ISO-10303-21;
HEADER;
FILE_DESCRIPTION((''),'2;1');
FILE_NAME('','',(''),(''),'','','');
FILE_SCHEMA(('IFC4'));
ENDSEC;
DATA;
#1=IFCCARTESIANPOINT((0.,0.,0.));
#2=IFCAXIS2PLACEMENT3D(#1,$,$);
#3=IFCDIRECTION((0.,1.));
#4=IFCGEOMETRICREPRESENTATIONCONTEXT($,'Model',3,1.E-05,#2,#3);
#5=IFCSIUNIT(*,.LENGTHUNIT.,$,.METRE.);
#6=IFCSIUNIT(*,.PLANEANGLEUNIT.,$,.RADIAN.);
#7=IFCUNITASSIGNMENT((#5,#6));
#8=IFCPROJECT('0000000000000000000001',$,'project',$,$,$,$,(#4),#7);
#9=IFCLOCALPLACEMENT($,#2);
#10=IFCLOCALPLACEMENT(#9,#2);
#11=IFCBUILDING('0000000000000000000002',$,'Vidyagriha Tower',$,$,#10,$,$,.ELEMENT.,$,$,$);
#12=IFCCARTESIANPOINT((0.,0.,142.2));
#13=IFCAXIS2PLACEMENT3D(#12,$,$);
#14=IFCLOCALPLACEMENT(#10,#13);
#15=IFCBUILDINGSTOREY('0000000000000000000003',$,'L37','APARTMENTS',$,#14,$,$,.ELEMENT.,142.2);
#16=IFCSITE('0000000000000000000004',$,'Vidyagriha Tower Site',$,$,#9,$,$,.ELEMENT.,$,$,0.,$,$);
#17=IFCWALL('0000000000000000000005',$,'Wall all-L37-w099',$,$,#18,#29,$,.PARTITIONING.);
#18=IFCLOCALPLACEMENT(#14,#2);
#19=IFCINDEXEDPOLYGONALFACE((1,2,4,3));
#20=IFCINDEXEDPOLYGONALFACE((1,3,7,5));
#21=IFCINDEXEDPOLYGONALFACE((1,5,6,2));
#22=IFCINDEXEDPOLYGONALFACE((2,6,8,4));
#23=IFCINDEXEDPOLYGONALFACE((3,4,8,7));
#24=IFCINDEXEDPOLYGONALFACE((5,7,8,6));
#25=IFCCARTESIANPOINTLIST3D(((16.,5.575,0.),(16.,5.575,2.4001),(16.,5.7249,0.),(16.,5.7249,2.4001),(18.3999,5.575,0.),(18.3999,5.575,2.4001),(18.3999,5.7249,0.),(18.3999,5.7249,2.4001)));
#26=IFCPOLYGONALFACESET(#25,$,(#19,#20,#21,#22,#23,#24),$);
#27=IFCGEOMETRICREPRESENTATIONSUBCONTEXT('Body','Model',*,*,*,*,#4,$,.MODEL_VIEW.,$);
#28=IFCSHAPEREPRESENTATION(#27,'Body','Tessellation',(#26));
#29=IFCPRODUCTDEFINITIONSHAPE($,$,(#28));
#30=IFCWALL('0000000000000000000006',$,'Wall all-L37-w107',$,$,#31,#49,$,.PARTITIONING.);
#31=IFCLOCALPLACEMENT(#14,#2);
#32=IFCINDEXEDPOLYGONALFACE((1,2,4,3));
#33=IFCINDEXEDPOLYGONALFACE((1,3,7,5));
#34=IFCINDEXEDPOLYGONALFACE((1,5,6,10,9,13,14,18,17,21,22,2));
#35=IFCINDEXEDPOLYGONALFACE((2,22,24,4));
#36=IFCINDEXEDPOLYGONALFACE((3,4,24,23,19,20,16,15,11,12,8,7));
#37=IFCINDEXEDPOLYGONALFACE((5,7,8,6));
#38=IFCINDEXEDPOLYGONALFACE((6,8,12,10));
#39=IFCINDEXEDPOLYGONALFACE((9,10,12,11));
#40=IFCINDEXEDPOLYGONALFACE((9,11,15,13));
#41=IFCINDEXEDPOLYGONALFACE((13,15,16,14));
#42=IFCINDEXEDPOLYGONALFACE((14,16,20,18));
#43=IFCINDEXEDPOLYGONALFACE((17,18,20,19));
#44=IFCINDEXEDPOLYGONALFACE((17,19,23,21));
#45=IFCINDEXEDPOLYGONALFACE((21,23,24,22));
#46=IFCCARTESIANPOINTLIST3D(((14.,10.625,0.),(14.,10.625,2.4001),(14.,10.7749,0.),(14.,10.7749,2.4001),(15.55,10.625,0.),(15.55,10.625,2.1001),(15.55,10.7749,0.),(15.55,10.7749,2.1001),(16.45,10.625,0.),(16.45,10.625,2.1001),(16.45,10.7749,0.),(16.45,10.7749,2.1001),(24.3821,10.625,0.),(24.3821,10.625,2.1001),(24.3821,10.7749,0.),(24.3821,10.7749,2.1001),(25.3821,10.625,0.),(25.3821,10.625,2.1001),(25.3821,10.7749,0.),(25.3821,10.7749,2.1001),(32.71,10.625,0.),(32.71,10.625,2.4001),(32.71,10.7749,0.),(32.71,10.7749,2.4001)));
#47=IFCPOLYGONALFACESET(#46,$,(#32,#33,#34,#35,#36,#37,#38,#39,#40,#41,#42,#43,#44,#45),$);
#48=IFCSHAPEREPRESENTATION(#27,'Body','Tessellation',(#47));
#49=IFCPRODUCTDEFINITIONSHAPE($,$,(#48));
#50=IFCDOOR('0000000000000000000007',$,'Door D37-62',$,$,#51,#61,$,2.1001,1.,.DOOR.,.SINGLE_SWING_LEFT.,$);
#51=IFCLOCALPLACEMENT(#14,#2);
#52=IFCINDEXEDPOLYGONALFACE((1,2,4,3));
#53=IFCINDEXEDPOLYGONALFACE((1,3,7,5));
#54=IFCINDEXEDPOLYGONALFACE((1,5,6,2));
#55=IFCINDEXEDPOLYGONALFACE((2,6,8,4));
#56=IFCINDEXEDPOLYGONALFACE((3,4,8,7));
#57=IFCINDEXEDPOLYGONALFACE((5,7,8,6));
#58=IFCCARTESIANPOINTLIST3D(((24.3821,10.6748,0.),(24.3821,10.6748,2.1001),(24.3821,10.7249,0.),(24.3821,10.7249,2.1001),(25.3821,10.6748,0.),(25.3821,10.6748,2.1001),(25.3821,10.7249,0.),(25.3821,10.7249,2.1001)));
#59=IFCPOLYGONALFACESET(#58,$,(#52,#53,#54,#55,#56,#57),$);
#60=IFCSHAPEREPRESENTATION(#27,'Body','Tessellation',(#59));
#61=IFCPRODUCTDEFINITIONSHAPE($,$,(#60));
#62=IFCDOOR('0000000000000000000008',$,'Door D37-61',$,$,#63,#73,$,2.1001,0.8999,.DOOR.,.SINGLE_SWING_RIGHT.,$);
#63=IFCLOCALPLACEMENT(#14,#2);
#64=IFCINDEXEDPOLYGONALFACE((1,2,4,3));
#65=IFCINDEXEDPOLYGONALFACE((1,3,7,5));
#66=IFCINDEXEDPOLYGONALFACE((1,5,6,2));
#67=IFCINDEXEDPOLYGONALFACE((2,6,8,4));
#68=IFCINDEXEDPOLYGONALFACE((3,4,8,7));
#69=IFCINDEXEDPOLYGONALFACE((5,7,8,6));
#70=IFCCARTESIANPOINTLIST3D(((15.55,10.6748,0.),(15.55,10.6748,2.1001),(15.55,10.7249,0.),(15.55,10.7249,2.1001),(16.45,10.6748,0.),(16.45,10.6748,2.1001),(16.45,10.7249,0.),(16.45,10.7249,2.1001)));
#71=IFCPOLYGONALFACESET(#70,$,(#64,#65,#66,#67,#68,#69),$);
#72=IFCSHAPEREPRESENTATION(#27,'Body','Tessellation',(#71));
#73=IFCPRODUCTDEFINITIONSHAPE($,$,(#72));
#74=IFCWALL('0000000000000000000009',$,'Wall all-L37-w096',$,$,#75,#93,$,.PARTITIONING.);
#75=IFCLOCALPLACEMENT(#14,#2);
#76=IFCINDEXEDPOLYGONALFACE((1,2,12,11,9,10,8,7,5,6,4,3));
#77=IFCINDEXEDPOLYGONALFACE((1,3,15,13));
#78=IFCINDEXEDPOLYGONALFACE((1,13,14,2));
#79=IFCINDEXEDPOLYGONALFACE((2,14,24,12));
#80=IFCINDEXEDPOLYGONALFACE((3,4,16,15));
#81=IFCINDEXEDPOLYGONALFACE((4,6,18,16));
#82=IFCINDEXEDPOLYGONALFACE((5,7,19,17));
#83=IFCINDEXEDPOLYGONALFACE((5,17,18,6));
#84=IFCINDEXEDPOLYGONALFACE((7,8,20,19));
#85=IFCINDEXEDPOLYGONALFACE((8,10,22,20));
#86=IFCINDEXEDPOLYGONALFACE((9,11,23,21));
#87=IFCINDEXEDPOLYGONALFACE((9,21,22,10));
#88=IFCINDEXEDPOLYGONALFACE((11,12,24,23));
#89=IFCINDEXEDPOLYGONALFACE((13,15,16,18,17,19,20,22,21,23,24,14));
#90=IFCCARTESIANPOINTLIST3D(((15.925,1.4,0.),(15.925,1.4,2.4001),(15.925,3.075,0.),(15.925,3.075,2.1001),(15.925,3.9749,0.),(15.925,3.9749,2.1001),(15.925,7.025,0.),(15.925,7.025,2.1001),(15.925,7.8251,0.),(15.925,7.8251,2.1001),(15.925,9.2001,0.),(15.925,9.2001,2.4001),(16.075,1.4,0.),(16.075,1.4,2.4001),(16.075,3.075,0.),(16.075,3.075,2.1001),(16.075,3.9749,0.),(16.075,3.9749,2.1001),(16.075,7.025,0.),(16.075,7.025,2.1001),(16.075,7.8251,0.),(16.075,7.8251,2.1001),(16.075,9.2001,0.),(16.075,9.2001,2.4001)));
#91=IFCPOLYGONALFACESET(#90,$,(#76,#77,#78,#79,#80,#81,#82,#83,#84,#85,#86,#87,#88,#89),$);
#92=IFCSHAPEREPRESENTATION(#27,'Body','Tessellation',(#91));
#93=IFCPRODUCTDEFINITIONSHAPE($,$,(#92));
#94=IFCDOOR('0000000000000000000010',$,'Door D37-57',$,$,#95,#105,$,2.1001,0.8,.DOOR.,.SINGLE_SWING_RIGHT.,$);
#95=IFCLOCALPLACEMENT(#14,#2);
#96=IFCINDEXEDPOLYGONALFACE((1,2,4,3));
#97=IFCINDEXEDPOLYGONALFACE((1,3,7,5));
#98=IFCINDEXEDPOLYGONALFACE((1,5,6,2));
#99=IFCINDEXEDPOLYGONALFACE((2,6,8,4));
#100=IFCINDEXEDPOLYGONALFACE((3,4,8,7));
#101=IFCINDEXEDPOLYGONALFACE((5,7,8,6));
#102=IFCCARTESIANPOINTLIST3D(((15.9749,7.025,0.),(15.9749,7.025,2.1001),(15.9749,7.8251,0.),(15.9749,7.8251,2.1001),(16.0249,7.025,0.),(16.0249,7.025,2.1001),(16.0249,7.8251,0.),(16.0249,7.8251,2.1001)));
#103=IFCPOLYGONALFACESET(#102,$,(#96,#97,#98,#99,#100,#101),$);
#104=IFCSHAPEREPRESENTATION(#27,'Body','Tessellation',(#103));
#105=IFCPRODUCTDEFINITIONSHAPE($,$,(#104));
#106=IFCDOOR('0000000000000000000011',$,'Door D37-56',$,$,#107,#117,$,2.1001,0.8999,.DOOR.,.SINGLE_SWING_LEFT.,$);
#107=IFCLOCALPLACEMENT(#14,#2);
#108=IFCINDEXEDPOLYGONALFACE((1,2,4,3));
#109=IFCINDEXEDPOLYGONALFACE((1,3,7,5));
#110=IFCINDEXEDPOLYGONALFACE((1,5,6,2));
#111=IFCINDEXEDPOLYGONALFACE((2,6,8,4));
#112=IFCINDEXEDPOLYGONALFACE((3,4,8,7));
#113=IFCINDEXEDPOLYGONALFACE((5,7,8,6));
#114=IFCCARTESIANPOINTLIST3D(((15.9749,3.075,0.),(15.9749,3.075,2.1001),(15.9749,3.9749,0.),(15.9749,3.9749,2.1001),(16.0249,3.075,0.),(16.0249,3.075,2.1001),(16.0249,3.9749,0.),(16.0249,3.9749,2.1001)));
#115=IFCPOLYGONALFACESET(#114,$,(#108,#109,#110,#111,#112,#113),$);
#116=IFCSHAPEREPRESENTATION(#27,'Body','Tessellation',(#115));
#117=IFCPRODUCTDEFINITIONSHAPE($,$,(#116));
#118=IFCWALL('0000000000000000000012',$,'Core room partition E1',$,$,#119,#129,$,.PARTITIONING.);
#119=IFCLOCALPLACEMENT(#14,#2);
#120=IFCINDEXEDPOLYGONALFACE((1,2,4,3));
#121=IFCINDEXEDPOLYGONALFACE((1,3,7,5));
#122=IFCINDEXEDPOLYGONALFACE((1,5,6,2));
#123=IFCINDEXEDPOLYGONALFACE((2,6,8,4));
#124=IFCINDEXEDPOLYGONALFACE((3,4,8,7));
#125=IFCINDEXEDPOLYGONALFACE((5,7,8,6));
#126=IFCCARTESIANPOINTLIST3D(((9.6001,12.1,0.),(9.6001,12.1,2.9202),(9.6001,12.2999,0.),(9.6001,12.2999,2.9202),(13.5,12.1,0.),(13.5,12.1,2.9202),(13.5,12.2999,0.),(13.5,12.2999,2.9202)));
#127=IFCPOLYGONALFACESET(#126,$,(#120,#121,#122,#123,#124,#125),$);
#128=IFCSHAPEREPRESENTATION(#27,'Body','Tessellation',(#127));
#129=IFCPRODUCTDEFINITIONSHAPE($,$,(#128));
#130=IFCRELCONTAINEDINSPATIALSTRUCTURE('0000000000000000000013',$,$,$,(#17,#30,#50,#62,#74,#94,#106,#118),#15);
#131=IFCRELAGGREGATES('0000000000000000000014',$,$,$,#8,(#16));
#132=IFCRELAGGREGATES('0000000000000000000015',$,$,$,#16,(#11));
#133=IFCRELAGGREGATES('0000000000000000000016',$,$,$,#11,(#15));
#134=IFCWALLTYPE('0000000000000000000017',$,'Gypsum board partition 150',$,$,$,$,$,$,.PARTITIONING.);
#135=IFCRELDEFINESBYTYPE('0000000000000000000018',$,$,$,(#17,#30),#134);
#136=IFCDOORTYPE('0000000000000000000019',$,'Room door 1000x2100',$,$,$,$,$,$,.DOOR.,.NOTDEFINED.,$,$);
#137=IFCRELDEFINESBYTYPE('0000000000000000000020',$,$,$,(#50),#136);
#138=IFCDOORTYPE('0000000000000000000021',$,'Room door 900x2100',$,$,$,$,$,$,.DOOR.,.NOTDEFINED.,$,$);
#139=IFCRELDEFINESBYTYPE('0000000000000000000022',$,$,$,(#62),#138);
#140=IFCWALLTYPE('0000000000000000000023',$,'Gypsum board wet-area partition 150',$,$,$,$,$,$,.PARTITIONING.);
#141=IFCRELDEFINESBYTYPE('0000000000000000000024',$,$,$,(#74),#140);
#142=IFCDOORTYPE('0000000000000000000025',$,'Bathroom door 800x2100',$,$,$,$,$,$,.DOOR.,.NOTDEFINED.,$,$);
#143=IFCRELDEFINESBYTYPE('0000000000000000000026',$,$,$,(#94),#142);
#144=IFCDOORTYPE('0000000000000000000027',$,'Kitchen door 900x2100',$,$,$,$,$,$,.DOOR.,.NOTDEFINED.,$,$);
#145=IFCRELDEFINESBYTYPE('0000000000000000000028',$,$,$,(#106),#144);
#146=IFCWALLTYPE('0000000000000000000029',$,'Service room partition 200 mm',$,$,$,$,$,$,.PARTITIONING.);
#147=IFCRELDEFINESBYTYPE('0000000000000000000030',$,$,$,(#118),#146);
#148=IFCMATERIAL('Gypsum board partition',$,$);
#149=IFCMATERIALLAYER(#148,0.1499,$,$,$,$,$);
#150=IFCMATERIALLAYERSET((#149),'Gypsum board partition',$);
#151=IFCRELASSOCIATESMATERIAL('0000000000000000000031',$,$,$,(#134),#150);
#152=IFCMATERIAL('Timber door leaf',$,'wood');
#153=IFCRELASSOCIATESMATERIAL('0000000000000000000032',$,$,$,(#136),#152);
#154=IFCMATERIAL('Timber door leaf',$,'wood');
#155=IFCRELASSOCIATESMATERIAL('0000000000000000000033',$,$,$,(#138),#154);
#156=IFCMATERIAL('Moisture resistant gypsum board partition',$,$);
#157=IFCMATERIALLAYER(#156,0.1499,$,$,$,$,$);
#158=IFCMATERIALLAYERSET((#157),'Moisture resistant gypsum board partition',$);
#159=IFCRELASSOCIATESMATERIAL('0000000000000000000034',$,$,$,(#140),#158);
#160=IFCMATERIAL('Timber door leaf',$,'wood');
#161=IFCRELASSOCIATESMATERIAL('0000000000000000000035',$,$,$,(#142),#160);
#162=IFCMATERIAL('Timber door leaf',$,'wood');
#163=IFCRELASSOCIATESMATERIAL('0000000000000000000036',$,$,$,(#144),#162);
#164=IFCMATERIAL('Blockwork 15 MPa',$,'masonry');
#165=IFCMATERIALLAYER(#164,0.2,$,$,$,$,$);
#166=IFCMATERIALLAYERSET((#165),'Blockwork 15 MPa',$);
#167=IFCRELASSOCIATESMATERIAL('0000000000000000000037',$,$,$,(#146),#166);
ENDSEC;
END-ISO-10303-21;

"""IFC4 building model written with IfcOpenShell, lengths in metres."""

from ifc_helpers import new_model, si_unit, direction, frame, frame_2d, origin, place, context, subcontext, project, spatial, rectangle, extrude, material, layer, layer_set, type_object, element, fill, save


model = new_model("IFC4")

# Units and contexts
model_context = context("Model", 3, precision=1e-05, world=origin(), true_north=direction((0.0, 1.0)))
body_context = subcontext(model_context, "Body", "Model", "MODEL_VIEW")
ifc_project = project(units=[si_unit("LENGTHUNIT", "METRE"), si_unit("PLANEANGLEUNIT", "RADIAN")], contexts=[model_context])

# Site, building, storey
site_placement = place(None, origin())
site = spatial("IfcSite", under=ifc_project, at=site_placement, Name="Vidyagriha Tower Site", CompositionType="ELEMENT", RefElevation=0.0)
building_placement = place(site_placement, origin())
building = spatial("IfcBuilding", under=site, at=building_placement, Name="Vidyagriha Tower", CompositionType="ELEMENT")
storey_placement = place(building_placement, frame((0.0, 0.0, 142.2)))
storey = spatial("IfcBuildingStorey", under=building, at=storey_placement, Name="L37", Description="APARTMENTS", CompositionType="ELEMENT", Elevation=142.2)

# Wall
ifc_material_1 = material(Name="Gypsum board partition")
ifc_layer_1 = layer(ifc_material_1, 0.1499)
ifc_layer_set_1 = layer_set([ifc_layer_1], Name="Gypsum board partition")
wall_type_1 = type_object("IfcWallType", Name="Gypsum board partition 150", PredefinedType="PARTITIONING", material=ifc_layer_set_1)
wall_1_placement = place(storey_placement, frame((16.0, 5.6499, 0.0)))
element("IfcWall", 1, at=wall_1_placement, inside=storey, type_object=wall_type_1, Name="Wall all-L37-w099", PredefinedType="PARTITIONING", context=body_context, shape_type="SweptSolid", body=[
    extrude(rectangle(XDim=2.3999, YDim=0.1499, at=frame_2d((1.2, 0.0))), origin(), (0.0, 0.0, 1.0), 2.4001),
])

# Walls, openings, doors
wall_2_placement = place(storey_placement, frame((14.0, 10.7, 0.0)))
wall_2 = element("IfcWall", 2, at=wall_2_placement, inside=storey, type_object=wall_type_1, Name="Wall all-L37-w107", PredefinedType="PARTITIONING", context=body_context, shape_type="SweptSolid", body=[
    extrude(rectangle(XDim=18.71, YDim=0.1499, at=frame_2d((9.355, 0.0))), origin(), (0.0, 0.0, 1.0), 2.4001),
])
opening_1_placement = place(wall_2_placement, frame((1.55, 0.0, 0.0)))
opening_1 = element("IfcOpeningElement", 3, at=opening_1_placement, cuts=wall_2, PredefinedType="OPENING", context=body_context, shape_type="SweptSolid", body=[
    extrude(rectangle(XDim=0.8999, YDim=2.1001, at=frame_2d((0.45, 1.05))), frame((0.0, 0.085, 0.0), z_axis=(0.0, -1.0, 0.0), x_axis=(1.0, 0.0, 0.0)), (0.0, 0.0, 1.0), 0.1699),
])
opening_2_placement = place(wall_2_placement, frame((10.3821, 0.0, 0.0)))
opening_2 = element("IfcOpeningElement", 4, at=opening_2_placement, cuts=wall_2, PredefinedType="OPENING", context=body_context, shape_type="SweptSolid", body=[
    extrude(rectangle(XDim=1.0, YDim=2.1001, at=frame_2d((0.5, 1.05))), frame((0.0, 0.085, 0.0), z_axis=(0.0, -1.0, 0.0), x_axis=(1.0, 0.0, 0.0)), (0.0, 0.0, 1.0), 0.1699),
])
ifc_material_2 = material(Name="Timber door leaf", Category="wood")
door_type_1 = type_object("IfcDoorType", Name="Room door 1000x2100", OperationType="NOTDEFINED", PredefinedType="DOOR", material=ifc_material_2)
door_1_placement = place(opening_2_placement, origin())
door_1 = element("IfcDoor", 5, at=door_1_placement, inside=storey, type_object=door_type_1, Name="Door D37-62", OperationType="SINGLE_SWING_LEFT", OverallHeight=2.1001, OverallWidth=1.0, PredefinedType="DOOR", context=body_context, shape_type="SweptSolid", body=[
    extrude(rectangle(XDim=1.0, YDim=2.1001, at=frame_2d((0.5, 1.05))), frame((0.0, 0.0249, 0.0), z_axis=(0.0, -1.0, 0.0), x_axis=(1.0, 0.0, 0.0)), (0.0, 0.0, 1.0), 0.05),
])
fill(opening_2, door_1)
ifc_material_3 = material(Name="Timber door leaf", Category="wood")
door_type_2 = type_object("IfcDoorType", Name="Room door 900x2100", OperationType="NOTDEFINED", PredefinedType="DOOR", material=ifc_material_3)
door_2_placement = place(opening_1_placement, origin())
door_2 = element("IfcDoor", 6, at=door_2_placement, inside=storey, type_object=door_type_2, Name="Door D37-61", OperationType="SINGLE_SWING_RIGHT", OverallHeight=2.1001, OverallWidth=0.8999, PredefinedType="DOOR", context=body_context, shape_type="SweptSolid", body=[
    extrude(rectangle(XDim=0.8999, YDim=2.1001, at=frame_2d((0.45, 1.05))), frame((0.0, 0.0249, 0.0), z_axis=(0.0, -1.0, 0.0), x_axis=(1.0, 0.0, 0.0)), (0.0, 0.0, 1.0), 0.05),
])
fill(opening_1, door_2)
ifc_material_4 = material(Name="Moisture resistant gypsum board partition")
ifc_layer_2 = layer(ifc_material_4, 0.1499)
ifc_layer_set_2 = layer_set([ifc_layer_2], Name="Moisture resistant gypsum board partition")
wall_type_2 = type_object("IfcWallType", Name="Gypsum board wet-area partition 150", PredefinedType="PARTITIONING", material=ifc_layer_set_2)
wall_3_placement = place(storey_placement, frame((16.0, 9.2, 0.0), z_axis=(0.0, 0.0, 1.0), x_axis=(0.0, -1.0, 0.0)))
wall_3 = element("IfcWall", 7, at=wall_3_placement, inside=storey, type_object=wall_type_2, Name="Wall all-L37-w096", PredefinedType="PARTITIONING", context=body_context, shape_type="SweptSolid", body=[
    extrude(rectangle(XDim=7.8, YDim=0.1499, at=frame_2d((3.8999, 0.0))), origin(), (0.0, 0.0, 1.0), 2.4001),
])
opening_3_placement = place(wall_3_placement, frame((5.2251, 0.0, 0.0)))
opening_3 = element("IfcOpeningElement", 8, at=opening_3_placement, cuts=wall_3, PredefinedType="OPENING", context=body_context, shape_type="SweptSolid", body=[
    extrude(rectangle(XDim=0.8999, YDim=2.1001, at=frame_2d((0.45, 1.05))), frame((0.0, 0.085, 0.0), z_axis=(0.0, -1.0, 0.0), x_axis=(1.0, 0.0, 0.0)), (0.0, 0.0, 1.0), 0.1699),
])
opening_4_placement = place(wall_3_placement, frame((1.375, 0.0, 0.0)))
opening_4 = element("IfcOpeningElement", 9, at=opening_4_placement, cuts=wall_3, PredefinedType="OPENING", context=body_context, shape_type="SweptSolid", body=[
    extrude(rectangle(XDim=0.8, YDim=2.1001, at=frame_2d((0.3999, 1.05))), frame((0.0, 0.085, 0.0), z_axis=(0.0, -1.0, 0.0), x_axis=(1.0, 0.0, 0.0)), (0.0, 0.0, 1.0), 0.1699),
])
ifc_material_5 = material(Name="Timber door leaf", Category="wood")
door_type_3 = type_object("IfcDoorType", Name="Bathroom door 800x2100", OperationType="NOTDEFINED", PredefinedType="DOOR", material=ifc_material_5)
door_3_placement = place(opening_4_placement, origin())
door_3 = element("IfcDoor", 10, at=door_3_placement, inside=storey, type_object=door_type_3, Name="Door D37-57", OperationType="SINGLE_SWING_RIGHT", OverallHeight=2.1001, OverallWidth=0.8, PredefinedType="DOOR", context=body_context, shape_type="SweptSolid", body=[
    extrude(rectangle(XDim=0.8, YDim=2.1001, at=frame_2d((0.3999, 1.05))), frame((0.0, 0.0249, 0.0), z_axis=(0.0, -1.0, 0.0), x_axis=(1.0, 0.0, 0.0)), (0.0, 0.0, 1.0), 0.05),
])
fill(opening_4, door_3)
ifc_material_6 = material(Name="Timber door leaf", Category="wood")
door_type_4 = type_object("IfcDoorType", Name="Kitchen door 900x2100", OperationType="NOTDEFINED", PredefinedType="DOOR", material=ifc_material_6)
door_4_placement = place(opening_3_placement, origin())
door_4 = element("IfcDoor", 11, at=door_4_placement, inside=storey, type_object=door_type_4, Name="Door D37-56", OperationType="SINGLE_SWING_LEFT", OverallHeight=2.1001, OverallWidth=0.8999, PredefinedType="DOOR", context=body_context, shape_type="SweptSolid", body=[
    extrude(rectangle(XDim=0.8999, YDim=2.1001, at=frame_2d((0.45, 1.05))), frame((0.0, 0.0249, 0.0), z_axis=(0.0, -1.0, 0.0), x_axis=(1.0, 0.0, 0.0)), (0.0, 0.0, 1.0), 0.05),
])
fill(opening_3, door_4)

# Wall
ifc_material_7 = material(Name="Blockwork 15 MPa", Category="masonry")
ifc_layer_3 = layer(ifc_material_7, 0.2)
ifc_layer_set_3 = layer_set([ifc_layer_3], Name="Blockwork 15 MPa")
wall_type_3 = type_object("IfcWallType", Name="Service room partition 200 mm", PredefinedType="PARTITIONING", material=ifc_layer_set_3)
wall_4_placement = place(storey_placement, frame((9.6001, 12.2, 0.0)))
element("IfcWall", 12, at=wall_4_placement, inside=storey, type_object=wall_type_3, Name="Core room partition E1", PredefinedType="PARTITIONING", context=body_context, shape_type="SweptSolid", body=[
    extrude(rectangle(XDim=3.8999, YDim=0.2, at=frame_2d((1.95, 0.0))), origin(), (0.0, 0.0, 1.0), 2.9202),
])

save(model, "model.ifc")
